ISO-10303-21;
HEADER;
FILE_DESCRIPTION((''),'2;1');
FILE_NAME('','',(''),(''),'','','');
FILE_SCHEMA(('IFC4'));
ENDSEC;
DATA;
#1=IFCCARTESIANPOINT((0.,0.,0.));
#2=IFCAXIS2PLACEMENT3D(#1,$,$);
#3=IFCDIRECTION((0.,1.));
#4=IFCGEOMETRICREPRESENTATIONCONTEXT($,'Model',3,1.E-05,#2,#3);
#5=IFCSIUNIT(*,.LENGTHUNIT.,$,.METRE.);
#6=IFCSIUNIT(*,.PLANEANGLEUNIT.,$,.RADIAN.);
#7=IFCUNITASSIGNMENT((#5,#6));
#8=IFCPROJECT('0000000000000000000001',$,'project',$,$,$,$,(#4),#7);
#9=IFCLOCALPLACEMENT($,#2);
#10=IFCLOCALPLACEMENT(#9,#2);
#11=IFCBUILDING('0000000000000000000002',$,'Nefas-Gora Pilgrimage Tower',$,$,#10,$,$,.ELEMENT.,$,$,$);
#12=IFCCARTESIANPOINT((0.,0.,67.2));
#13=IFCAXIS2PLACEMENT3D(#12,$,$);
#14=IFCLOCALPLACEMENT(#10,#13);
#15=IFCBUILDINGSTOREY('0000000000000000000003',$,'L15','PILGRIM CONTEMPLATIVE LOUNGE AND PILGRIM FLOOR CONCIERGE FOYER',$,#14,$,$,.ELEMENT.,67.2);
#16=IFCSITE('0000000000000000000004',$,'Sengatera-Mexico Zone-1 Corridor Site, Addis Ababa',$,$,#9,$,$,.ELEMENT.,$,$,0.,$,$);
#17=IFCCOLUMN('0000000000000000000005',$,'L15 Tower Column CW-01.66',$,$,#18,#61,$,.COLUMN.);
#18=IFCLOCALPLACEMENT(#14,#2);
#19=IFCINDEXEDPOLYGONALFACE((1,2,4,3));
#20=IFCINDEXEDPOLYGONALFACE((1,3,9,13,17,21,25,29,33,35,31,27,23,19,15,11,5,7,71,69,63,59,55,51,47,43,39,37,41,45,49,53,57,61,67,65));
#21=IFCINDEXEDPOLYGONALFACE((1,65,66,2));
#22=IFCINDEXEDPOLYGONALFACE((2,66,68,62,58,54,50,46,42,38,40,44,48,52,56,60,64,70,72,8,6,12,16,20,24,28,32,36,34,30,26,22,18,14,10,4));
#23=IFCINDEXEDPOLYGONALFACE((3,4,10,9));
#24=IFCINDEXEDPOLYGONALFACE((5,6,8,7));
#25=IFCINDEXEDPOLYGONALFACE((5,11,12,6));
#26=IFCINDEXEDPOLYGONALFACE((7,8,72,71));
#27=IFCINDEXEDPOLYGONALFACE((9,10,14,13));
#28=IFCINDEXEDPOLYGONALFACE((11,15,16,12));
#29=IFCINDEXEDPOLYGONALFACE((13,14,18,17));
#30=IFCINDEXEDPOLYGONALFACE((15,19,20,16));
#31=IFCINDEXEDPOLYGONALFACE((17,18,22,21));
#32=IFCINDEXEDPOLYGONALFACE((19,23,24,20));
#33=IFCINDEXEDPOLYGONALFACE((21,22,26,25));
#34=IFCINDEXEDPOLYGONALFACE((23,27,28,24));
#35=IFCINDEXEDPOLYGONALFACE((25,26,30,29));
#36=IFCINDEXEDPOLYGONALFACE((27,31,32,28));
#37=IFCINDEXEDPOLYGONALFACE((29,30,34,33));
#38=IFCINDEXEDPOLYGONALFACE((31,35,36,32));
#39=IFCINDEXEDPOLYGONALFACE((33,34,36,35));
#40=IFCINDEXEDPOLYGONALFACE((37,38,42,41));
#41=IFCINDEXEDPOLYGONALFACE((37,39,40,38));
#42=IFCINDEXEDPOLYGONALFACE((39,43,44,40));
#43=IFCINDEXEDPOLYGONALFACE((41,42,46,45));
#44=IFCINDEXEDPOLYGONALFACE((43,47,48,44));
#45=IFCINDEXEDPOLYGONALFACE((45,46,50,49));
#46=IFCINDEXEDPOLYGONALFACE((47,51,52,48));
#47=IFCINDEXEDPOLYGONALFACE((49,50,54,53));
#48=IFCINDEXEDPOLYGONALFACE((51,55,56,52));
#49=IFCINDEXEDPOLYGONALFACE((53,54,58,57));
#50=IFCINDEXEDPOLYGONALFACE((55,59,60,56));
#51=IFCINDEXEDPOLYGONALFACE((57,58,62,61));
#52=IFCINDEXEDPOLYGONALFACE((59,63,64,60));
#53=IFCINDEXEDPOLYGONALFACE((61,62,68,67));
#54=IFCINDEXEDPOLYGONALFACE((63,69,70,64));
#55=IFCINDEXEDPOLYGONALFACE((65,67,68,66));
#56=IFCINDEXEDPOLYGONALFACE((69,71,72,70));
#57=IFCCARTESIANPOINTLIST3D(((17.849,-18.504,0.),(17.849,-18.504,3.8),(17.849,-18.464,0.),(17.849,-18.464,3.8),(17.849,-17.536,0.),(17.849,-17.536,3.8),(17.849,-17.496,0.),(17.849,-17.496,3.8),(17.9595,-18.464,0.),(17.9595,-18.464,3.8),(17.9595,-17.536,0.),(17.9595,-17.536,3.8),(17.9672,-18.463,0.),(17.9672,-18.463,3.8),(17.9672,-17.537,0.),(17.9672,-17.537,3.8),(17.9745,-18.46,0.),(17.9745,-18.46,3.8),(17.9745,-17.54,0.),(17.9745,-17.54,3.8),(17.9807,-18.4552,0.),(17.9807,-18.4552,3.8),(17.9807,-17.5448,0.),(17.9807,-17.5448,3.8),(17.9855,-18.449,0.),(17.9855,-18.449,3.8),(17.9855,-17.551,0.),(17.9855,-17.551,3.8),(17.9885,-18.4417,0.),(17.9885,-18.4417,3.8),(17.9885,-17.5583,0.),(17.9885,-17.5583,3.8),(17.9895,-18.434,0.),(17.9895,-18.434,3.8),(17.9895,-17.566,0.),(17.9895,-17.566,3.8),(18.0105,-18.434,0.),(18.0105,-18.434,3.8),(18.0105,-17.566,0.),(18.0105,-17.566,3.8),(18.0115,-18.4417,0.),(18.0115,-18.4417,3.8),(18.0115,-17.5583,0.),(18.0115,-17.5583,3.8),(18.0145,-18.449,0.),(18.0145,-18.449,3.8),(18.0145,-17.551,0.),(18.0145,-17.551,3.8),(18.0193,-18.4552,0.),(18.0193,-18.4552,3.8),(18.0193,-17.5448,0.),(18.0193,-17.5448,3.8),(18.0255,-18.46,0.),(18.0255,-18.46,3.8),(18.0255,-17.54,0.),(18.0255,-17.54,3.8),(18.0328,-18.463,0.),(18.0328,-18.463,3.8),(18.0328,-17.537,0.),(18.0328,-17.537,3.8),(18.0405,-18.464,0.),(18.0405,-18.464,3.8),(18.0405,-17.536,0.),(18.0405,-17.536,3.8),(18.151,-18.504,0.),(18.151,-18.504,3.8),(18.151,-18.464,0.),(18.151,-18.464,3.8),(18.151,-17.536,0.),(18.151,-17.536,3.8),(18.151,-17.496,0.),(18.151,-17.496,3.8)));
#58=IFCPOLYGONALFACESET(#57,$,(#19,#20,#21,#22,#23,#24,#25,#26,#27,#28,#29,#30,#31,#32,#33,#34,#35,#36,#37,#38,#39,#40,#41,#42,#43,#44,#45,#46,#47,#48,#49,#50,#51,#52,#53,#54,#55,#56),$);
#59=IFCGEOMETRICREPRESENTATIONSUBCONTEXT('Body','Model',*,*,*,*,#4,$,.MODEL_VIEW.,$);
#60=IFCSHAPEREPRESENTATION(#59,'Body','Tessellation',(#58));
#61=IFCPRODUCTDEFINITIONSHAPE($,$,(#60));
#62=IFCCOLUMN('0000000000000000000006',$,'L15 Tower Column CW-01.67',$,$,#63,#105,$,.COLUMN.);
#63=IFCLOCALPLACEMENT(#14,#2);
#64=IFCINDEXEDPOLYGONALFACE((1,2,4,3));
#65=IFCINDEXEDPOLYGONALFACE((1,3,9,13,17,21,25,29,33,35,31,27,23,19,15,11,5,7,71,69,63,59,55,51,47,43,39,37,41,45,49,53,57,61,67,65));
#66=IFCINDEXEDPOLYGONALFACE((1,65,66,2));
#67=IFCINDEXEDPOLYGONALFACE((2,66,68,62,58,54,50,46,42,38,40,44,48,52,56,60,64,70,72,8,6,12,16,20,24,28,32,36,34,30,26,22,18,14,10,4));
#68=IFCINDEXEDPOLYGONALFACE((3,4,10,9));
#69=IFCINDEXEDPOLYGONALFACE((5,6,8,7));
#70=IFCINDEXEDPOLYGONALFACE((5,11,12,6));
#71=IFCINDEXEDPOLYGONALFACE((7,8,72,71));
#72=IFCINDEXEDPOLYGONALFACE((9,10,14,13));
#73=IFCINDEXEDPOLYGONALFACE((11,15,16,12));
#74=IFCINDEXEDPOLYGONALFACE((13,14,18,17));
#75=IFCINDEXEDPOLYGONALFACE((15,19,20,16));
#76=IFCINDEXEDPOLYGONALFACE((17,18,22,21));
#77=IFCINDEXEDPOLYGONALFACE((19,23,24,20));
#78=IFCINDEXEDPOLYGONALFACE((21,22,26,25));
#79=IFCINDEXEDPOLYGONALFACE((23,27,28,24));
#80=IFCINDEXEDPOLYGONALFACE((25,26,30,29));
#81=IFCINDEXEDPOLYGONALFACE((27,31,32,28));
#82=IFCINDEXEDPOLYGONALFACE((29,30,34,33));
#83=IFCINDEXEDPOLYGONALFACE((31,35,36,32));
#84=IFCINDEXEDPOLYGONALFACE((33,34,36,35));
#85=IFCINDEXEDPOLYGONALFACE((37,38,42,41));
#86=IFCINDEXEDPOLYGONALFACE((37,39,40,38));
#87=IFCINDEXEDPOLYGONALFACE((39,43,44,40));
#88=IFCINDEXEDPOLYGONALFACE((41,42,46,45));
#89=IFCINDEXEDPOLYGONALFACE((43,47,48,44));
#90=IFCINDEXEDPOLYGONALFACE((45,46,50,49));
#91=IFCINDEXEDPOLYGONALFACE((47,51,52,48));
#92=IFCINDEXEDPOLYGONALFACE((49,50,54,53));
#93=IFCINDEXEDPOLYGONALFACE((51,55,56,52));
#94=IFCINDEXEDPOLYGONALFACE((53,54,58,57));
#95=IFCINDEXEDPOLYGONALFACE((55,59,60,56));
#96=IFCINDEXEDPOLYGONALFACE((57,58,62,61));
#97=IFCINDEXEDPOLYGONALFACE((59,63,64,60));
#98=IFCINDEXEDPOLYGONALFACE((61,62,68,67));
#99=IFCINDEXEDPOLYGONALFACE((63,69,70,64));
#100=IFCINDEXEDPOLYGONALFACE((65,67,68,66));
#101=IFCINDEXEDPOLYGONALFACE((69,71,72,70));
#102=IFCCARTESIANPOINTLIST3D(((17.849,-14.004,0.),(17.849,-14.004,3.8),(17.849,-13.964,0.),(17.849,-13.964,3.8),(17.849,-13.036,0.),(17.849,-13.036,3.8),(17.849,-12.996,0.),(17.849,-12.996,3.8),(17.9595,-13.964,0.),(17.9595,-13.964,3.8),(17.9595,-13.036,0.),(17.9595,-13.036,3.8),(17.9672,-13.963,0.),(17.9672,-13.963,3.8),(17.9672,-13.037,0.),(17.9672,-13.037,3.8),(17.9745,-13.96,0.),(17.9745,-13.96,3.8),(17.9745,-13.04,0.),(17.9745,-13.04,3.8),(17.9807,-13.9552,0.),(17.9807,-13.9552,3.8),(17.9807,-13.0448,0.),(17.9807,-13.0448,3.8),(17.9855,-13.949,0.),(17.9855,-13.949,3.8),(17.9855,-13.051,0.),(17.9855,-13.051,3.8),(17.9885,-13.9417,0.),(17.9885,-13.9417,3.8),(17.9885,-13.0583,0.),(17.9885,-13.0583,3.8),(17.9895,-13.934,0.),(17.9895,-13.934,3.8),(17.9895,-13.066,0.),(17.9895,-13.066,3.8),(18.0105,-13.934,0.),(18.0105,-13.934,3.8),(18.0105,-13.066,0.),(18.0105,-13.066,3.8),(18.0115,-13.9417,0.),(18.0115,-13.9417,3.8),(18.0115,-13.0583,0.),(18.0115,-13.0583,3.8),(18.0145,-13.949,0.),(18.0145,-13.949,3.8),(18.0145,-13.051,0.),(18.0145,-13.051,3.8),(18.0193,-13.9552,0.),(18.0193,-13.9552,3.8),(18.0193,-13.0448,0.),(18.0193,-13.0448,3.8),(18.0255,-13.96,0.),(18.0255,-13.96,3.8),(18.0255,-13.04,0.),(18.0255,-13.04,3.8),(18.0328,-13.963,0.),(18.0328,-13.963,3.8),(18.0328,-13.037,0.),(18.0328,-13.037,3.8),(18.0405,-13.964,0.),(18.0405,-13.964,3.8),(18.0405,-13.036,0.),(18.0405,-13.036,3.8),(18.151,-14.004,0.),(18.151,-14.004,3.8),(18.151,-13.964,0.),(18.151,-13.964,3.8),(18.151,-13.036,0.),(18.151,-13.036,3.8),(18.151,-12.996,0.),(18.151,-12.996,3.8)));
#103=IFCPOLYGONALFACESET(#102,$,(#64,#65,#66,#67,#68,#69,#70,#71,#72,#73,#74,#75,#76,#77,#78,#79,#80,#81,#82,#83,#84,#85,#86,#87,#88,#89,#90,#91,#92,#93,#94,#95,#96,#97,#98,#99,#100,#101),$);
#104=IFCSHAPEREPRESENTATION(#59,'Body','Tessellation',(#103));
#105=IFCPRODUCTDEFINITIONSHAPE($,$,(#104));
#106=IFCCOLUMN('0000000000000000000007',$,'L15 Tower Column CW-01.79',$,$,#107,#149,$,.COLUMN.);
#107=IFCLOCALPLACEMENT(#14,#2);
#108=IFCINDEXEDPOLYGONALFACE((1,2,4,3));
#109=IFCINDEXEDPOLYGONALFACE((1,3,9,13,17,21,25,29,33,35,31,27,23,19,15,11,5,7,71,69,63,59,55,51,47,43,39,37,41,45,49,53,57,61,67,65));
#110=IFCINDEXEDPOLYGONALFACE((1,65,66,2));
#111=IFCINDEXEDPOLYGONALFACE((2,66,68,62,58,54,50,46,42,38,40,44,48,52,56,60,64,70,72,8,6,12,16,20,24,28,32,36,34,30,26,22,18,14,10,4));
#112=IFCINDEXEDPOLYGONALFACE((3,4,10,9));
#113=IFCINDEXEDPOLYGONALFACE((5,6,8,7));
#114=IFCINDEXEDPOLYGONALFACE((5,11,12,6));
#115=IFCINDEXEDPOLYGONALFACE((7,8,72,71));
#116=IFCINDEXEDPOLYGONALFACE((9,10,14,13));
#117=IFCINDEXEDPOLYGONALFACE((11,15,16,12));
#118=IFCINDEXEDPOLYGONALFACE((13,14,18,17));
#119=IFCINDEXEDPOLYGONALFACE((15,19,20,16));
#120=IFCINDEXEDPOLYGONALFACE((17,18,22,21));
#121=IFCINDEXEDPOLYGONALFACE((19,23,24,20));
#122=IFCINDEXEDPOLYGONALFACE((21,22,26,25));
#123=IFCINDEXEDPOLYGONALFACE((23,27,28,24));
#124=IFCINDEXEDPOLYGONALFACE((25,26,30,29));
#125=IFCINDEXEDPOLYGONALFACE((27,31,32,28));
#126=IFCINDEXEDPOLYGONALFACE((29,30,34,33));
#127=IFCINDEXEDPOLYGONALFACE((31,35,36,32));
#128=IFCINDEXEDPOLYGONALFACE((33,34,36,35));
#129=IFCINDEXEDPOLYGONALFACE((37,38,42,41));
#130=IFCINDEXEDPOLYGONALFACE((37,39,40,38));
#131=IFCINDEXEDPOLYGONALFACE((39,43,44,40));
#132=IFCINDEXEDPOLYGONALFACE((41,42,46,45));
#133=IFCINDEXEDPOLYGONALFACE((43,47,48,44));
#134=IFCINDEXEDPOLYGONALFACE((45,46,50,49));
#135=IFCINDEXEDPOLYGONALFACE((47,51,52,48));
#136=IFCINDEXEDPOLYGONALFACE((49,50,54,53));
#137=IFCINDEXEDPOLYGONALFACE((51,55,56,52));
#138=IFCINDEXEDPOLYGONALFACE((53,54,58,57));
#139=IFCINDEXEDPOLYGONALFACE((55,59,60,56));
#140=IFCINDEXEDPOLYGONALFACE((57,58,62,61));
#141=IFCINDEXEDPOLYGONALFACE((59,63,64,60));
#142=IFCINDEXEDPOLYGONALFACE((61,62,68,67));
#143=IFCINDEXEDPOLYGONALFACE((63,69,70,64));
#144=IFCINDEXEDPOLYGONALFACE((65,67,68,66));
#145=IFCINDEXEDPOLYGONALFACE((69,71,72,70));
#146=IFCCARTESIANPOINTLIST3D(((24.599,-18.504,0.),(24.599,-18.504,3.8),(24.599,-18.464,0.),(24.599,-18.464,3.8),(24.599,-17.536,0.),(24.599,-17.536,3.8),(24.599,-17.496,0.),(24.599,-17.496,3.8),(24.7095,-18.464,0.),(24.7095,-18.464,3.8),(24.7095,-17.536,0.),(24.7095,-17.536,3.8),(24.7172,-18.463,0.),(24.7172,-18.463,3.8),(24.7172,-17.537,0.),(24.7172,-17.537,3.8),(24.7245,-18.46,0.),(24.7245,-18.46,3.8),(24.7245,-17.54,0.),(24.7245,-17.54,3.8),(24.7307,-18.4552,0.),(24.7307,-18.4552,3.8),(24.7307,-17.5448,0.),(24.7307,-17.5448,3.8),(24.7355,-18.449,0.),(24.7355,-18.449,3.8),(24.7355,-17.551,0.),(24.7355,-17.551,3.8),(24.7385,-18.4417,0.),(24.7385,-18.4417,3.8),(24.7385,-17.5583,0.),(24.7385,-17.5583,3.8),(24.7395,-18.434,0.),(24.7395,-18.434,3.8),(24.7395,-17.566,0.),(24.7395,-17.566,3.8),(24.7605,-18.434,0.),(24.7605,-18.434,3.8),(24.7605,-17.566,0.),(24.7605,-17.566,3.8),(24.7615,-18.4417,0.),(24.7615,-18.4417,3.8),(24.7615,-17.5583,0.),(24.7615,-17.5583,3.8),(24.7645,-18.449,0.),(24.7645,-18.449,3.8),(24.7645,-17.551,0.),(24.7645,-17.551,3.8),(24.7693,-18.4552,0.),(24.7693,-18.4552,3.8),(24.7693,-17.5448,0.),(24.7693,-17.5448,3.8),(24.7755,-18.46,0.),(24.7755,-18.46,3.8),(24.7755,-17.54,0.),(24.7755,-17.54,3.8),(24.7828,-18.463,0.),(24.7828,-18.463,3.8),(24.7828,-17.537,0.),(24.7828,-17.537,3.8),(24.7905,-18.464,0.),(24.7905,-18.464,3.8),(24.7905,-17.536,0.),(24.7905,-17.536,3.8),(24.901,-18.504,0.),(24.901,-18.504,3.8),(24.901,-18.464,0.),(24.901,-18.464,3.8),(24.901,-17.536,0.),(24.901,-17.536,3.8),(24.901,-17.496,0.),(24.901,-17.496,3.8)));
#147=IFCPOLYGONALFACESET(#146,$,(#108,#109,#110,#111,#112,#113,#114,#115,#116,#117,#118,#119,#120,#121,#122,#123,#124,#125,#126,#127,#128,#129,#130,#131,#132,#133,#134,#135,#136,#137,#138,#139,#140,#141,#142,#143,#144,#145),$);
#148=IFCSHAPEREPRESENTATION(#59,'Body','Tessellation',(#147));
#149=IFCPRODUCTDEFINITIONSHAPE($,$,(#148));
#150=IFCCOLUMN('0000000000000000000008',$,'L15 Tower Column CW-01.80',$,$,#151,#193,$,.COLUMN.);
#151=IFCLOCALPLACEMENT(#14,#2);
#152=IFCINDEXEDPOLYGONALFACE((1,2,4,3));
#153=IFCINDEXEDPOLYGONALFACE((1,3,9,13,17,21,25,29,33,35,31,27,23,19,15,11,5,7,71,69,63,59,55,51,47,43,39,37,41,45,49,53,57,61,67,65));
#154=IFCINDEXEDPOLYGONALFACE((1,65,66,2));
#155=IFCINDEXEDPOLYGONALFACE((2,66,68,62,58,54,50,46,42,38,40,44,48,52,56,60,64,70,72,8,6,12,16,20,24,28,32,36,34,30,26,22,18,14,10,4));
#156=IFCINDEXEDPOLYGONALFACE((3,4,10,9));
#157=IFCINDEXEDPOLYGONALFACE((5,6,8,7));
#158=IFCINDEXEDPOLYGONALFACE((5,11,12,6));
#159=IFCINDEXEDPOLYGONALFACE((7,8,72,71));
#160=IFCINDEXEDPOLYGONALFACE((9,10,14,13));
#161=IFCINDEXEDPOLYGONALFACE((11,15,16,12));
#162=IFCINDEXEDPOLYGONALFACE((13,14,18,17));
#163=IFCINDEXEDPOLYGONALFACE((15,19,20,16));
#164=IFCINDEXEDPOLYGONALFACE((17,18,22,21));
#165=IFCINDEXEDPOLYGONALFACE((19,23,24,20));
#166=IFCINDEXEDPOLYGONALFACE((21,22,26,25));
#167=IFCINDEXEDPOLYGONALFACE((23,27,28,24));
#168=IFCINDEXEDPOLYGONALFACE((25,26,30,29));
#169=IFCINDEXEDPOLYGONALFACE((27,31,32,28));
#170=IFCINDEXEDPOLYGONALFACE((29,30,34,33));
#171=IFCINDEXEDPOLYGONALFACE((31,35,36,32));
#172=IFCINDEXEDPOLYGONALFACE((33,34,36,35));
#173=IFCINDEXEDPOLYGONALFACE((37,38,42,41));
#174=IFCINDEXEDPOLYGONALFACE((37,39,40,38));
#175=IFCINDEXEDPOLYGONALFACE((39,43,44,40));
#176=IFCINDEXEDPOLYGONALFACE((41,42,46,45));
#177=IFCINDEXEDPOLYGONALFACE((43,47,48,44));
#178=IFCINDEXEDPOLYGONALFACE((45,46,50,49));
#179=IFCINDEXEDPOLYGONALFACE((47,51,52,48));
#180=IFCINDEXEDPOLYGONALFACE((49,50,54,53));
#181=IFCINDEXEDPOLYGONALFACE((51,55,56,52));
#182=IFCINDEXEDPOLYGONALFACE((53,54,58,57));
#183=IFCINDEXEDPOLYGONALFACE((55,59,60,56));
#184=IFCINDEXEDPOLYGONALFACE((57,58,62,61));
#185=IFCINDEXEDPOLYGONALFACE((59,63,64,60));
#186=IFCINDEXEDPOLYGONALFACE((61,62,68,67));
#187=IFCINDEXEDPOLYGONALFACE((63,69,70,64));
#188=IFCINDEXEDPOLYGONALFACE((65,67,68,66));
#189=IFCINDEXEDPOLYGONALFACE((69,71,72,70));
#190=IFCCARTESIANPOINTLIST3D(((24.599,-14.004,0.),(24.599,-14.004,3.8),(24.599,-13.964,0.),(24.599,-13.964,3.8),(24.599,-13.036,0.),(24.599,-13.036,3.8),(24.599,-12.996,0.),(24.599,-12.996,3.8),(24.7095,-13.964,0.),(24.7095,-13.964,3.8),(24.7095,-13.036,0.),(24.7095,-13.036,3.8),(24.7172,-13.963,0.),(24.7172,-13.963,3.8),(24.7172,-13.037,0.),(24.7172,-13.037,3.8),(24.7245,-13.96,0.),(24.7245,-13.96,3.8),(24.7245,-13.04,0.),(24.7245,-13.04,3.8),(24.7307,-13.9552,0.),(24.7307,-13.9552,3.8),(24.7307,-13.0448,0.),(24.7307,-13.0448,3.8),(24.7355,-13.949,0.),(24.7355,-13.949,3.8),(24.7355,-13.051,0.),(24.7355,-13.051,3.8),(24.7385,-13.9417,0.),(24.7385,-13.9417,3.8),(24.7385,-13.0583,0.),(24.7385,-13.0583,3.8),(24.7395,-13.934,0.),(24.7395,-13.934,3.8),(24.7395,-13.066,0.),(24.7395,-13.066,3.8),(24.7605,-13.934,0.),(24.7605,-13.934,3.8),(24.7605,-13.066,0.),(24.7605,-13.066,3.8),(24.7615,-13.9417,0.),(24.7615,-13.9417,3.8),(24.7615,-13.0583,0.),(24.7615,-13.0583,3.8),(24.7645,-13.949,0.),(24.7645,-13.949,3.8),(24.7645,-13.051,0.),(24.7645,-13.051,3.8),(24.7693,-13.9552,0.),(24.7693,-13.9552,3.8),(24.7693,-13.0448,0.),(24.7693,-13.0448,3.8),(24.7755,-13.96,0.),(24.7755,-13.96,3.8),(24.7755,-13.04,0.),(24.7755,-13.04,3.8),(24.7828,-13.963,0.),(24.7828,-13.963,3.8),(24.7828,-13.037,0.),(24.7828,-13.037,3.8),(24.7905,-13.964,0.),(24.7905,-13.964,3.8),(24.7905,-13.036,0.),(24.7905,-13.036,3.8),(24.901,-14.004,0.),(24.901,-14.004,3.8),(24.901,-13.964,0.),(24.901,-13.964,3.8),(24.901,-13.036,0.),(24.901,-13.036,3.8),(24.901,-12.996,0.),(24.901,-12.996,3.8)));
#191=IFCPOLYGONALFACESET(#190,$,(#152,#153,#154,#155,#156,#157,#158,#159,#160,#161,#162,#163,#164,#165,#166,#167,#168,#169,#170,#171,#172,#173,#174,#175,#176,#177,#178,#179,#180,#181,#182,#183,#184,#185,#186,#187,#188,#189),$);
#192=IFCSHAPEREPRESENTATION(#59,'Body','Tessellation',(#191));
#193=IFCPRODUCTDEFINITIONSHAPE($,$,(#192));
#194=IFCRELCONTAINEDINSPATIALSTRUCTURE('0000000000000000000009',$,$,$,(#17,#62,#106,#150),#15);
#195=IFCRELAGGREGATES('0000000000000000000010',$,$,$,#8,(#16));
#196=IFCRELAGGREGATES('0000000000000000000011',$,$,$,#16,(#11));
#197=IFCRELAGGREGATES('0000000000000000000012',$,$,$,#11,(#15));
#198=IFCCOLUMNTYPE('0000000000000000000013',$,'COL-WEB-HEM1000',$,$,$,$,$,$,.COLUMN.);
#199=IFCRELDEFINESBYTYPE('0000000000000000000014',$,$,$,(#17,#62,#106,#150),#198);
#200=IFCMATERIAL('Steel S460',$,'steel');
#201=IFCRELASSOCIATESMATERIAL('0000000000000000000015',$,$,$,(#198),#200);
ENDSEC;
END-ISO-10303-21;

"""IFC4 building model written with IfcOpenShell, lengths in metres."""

from ifc_helpers import new_model, si_unit, direction, frame, origin, origin_2d, place, context, subcontext, project, spatial, i_section, extrude, source, transform, mapped, material, material_profile, profile_set, type_object, element, save


model = new_model("IFC4")

# Units and contexts
model_context = context("Model", 3, precision=1e-05, world=origin(), true_north=direction((0.0, 1.0)))
body_context = subcontext(model_context, "Body", "Model", "MODEL_VIEW")
ifc_project = project(units=[si_unit("LENGTHUNIT", "METRE"), si_unit("PLANEANGLEUNIT", "RADIAN")], contexts=[model_context])

# Site, building, storey
site_placement = place(None, origin())
site = spatial("IfcSite", under=ifc_project, at=site_placement, Name="Sengatera-Mexico Zone-1 Corridor Site, Addis Ababa", CompositionType="ELEMENT", RefElevation=0.0)
building_placement = place(site_placement, origin())
building = spatial("IfcBuilding", under=site, at=building_placement, Name="Nefas-Gora Pilgrimage Tower", CompositionType="ELEMENT")
storey_placement = place(building_placement, frame((0.0, 0.0, 67.2)))
storey = spatial("IfcBuildingStorey", under=building, at=storey_placement, Name="L15", Description="PILGRIM CONTEMPLATIVE LOUNGE AND PILGRIM FLOOR CONCIERGE FOYER", CompositionType="ELEMENT", Elevation=67.2)

# Columns
ifc_material_1 = material(Name="Steel S460", Category="steel")
ifc_material_profile_1 = material_profile(ifc_material_1, i_section(OverallWidth=0.302, OverallDepth=1.0081, WebThickness=0.021, FlangeThickness=0.04, FilletRadius=0.03, at=origin_2d()), Name="HEM 1000")
ifc_profile_set_1 = profile_set([ifc_material_profile_1], Name="Steel S460")
column_type_1 = type_object("IfcColumnType", Name="COL-WEB-HEM1000", PredefinedType="COLUMN", material=ifc_profile_set_1)
shared_shape_1 = source(origin(), body_context, "Body", "SweptSolid", [
    extrude(i_section(OverallWidth=0.302, OverallDepth=1.0081, WebThickness=0.021, FlangeThickness=0.04, FilletRadius=0.03, at=origin_2d()), origin(), (0.0, 0.0, 1.0), 3.8),
])
for number, where, z_axis, x_axis, name in (
    (1, (18.0, -18.0, 0.0), (0.0, 0.0, 1.0), (1.0, 0.0, 0.0), "L15 Tower Column CW-01.66"),
    (2, (18.0, -13.5, 0.0), (0.0, 0.0, 1.0), (1.0, 0.0, 0.0), "L15 Tower Column CW-01.67"),
    (3, (24.75, -18.0, 0.0), (0.0, 0.0, 1.0), (1.0, 0.0, 0.0), "L15 Tower Column CW-01.79"),
    (4, (24.75, -13.5, 0.0), (0.0, 0.0, 1.0), (1.0, 0.0, 0.0), "L15 Tower Column CW-01.80"),
):
    element("IfcColumn", number, at=place(storey_placement, frame(where, z_axis=z_axis, x_axis=x_axis)), inside=storey, type_object=column_type_1, Name=name, PredefinedType="COLUMN", context=body_context, shape_type="MappedRepresentation", body=[
        mapped(shared_shape_1, transform((0.0, 0.0, 0.0), x_axis=(1.0, 0.0, 0.0), y_axis=(0.0, 1.0, 0.0), z_axis=(0.0, 0.0, 1.0), scale=1.0)),
    ])

save(model, "model.ifc")
